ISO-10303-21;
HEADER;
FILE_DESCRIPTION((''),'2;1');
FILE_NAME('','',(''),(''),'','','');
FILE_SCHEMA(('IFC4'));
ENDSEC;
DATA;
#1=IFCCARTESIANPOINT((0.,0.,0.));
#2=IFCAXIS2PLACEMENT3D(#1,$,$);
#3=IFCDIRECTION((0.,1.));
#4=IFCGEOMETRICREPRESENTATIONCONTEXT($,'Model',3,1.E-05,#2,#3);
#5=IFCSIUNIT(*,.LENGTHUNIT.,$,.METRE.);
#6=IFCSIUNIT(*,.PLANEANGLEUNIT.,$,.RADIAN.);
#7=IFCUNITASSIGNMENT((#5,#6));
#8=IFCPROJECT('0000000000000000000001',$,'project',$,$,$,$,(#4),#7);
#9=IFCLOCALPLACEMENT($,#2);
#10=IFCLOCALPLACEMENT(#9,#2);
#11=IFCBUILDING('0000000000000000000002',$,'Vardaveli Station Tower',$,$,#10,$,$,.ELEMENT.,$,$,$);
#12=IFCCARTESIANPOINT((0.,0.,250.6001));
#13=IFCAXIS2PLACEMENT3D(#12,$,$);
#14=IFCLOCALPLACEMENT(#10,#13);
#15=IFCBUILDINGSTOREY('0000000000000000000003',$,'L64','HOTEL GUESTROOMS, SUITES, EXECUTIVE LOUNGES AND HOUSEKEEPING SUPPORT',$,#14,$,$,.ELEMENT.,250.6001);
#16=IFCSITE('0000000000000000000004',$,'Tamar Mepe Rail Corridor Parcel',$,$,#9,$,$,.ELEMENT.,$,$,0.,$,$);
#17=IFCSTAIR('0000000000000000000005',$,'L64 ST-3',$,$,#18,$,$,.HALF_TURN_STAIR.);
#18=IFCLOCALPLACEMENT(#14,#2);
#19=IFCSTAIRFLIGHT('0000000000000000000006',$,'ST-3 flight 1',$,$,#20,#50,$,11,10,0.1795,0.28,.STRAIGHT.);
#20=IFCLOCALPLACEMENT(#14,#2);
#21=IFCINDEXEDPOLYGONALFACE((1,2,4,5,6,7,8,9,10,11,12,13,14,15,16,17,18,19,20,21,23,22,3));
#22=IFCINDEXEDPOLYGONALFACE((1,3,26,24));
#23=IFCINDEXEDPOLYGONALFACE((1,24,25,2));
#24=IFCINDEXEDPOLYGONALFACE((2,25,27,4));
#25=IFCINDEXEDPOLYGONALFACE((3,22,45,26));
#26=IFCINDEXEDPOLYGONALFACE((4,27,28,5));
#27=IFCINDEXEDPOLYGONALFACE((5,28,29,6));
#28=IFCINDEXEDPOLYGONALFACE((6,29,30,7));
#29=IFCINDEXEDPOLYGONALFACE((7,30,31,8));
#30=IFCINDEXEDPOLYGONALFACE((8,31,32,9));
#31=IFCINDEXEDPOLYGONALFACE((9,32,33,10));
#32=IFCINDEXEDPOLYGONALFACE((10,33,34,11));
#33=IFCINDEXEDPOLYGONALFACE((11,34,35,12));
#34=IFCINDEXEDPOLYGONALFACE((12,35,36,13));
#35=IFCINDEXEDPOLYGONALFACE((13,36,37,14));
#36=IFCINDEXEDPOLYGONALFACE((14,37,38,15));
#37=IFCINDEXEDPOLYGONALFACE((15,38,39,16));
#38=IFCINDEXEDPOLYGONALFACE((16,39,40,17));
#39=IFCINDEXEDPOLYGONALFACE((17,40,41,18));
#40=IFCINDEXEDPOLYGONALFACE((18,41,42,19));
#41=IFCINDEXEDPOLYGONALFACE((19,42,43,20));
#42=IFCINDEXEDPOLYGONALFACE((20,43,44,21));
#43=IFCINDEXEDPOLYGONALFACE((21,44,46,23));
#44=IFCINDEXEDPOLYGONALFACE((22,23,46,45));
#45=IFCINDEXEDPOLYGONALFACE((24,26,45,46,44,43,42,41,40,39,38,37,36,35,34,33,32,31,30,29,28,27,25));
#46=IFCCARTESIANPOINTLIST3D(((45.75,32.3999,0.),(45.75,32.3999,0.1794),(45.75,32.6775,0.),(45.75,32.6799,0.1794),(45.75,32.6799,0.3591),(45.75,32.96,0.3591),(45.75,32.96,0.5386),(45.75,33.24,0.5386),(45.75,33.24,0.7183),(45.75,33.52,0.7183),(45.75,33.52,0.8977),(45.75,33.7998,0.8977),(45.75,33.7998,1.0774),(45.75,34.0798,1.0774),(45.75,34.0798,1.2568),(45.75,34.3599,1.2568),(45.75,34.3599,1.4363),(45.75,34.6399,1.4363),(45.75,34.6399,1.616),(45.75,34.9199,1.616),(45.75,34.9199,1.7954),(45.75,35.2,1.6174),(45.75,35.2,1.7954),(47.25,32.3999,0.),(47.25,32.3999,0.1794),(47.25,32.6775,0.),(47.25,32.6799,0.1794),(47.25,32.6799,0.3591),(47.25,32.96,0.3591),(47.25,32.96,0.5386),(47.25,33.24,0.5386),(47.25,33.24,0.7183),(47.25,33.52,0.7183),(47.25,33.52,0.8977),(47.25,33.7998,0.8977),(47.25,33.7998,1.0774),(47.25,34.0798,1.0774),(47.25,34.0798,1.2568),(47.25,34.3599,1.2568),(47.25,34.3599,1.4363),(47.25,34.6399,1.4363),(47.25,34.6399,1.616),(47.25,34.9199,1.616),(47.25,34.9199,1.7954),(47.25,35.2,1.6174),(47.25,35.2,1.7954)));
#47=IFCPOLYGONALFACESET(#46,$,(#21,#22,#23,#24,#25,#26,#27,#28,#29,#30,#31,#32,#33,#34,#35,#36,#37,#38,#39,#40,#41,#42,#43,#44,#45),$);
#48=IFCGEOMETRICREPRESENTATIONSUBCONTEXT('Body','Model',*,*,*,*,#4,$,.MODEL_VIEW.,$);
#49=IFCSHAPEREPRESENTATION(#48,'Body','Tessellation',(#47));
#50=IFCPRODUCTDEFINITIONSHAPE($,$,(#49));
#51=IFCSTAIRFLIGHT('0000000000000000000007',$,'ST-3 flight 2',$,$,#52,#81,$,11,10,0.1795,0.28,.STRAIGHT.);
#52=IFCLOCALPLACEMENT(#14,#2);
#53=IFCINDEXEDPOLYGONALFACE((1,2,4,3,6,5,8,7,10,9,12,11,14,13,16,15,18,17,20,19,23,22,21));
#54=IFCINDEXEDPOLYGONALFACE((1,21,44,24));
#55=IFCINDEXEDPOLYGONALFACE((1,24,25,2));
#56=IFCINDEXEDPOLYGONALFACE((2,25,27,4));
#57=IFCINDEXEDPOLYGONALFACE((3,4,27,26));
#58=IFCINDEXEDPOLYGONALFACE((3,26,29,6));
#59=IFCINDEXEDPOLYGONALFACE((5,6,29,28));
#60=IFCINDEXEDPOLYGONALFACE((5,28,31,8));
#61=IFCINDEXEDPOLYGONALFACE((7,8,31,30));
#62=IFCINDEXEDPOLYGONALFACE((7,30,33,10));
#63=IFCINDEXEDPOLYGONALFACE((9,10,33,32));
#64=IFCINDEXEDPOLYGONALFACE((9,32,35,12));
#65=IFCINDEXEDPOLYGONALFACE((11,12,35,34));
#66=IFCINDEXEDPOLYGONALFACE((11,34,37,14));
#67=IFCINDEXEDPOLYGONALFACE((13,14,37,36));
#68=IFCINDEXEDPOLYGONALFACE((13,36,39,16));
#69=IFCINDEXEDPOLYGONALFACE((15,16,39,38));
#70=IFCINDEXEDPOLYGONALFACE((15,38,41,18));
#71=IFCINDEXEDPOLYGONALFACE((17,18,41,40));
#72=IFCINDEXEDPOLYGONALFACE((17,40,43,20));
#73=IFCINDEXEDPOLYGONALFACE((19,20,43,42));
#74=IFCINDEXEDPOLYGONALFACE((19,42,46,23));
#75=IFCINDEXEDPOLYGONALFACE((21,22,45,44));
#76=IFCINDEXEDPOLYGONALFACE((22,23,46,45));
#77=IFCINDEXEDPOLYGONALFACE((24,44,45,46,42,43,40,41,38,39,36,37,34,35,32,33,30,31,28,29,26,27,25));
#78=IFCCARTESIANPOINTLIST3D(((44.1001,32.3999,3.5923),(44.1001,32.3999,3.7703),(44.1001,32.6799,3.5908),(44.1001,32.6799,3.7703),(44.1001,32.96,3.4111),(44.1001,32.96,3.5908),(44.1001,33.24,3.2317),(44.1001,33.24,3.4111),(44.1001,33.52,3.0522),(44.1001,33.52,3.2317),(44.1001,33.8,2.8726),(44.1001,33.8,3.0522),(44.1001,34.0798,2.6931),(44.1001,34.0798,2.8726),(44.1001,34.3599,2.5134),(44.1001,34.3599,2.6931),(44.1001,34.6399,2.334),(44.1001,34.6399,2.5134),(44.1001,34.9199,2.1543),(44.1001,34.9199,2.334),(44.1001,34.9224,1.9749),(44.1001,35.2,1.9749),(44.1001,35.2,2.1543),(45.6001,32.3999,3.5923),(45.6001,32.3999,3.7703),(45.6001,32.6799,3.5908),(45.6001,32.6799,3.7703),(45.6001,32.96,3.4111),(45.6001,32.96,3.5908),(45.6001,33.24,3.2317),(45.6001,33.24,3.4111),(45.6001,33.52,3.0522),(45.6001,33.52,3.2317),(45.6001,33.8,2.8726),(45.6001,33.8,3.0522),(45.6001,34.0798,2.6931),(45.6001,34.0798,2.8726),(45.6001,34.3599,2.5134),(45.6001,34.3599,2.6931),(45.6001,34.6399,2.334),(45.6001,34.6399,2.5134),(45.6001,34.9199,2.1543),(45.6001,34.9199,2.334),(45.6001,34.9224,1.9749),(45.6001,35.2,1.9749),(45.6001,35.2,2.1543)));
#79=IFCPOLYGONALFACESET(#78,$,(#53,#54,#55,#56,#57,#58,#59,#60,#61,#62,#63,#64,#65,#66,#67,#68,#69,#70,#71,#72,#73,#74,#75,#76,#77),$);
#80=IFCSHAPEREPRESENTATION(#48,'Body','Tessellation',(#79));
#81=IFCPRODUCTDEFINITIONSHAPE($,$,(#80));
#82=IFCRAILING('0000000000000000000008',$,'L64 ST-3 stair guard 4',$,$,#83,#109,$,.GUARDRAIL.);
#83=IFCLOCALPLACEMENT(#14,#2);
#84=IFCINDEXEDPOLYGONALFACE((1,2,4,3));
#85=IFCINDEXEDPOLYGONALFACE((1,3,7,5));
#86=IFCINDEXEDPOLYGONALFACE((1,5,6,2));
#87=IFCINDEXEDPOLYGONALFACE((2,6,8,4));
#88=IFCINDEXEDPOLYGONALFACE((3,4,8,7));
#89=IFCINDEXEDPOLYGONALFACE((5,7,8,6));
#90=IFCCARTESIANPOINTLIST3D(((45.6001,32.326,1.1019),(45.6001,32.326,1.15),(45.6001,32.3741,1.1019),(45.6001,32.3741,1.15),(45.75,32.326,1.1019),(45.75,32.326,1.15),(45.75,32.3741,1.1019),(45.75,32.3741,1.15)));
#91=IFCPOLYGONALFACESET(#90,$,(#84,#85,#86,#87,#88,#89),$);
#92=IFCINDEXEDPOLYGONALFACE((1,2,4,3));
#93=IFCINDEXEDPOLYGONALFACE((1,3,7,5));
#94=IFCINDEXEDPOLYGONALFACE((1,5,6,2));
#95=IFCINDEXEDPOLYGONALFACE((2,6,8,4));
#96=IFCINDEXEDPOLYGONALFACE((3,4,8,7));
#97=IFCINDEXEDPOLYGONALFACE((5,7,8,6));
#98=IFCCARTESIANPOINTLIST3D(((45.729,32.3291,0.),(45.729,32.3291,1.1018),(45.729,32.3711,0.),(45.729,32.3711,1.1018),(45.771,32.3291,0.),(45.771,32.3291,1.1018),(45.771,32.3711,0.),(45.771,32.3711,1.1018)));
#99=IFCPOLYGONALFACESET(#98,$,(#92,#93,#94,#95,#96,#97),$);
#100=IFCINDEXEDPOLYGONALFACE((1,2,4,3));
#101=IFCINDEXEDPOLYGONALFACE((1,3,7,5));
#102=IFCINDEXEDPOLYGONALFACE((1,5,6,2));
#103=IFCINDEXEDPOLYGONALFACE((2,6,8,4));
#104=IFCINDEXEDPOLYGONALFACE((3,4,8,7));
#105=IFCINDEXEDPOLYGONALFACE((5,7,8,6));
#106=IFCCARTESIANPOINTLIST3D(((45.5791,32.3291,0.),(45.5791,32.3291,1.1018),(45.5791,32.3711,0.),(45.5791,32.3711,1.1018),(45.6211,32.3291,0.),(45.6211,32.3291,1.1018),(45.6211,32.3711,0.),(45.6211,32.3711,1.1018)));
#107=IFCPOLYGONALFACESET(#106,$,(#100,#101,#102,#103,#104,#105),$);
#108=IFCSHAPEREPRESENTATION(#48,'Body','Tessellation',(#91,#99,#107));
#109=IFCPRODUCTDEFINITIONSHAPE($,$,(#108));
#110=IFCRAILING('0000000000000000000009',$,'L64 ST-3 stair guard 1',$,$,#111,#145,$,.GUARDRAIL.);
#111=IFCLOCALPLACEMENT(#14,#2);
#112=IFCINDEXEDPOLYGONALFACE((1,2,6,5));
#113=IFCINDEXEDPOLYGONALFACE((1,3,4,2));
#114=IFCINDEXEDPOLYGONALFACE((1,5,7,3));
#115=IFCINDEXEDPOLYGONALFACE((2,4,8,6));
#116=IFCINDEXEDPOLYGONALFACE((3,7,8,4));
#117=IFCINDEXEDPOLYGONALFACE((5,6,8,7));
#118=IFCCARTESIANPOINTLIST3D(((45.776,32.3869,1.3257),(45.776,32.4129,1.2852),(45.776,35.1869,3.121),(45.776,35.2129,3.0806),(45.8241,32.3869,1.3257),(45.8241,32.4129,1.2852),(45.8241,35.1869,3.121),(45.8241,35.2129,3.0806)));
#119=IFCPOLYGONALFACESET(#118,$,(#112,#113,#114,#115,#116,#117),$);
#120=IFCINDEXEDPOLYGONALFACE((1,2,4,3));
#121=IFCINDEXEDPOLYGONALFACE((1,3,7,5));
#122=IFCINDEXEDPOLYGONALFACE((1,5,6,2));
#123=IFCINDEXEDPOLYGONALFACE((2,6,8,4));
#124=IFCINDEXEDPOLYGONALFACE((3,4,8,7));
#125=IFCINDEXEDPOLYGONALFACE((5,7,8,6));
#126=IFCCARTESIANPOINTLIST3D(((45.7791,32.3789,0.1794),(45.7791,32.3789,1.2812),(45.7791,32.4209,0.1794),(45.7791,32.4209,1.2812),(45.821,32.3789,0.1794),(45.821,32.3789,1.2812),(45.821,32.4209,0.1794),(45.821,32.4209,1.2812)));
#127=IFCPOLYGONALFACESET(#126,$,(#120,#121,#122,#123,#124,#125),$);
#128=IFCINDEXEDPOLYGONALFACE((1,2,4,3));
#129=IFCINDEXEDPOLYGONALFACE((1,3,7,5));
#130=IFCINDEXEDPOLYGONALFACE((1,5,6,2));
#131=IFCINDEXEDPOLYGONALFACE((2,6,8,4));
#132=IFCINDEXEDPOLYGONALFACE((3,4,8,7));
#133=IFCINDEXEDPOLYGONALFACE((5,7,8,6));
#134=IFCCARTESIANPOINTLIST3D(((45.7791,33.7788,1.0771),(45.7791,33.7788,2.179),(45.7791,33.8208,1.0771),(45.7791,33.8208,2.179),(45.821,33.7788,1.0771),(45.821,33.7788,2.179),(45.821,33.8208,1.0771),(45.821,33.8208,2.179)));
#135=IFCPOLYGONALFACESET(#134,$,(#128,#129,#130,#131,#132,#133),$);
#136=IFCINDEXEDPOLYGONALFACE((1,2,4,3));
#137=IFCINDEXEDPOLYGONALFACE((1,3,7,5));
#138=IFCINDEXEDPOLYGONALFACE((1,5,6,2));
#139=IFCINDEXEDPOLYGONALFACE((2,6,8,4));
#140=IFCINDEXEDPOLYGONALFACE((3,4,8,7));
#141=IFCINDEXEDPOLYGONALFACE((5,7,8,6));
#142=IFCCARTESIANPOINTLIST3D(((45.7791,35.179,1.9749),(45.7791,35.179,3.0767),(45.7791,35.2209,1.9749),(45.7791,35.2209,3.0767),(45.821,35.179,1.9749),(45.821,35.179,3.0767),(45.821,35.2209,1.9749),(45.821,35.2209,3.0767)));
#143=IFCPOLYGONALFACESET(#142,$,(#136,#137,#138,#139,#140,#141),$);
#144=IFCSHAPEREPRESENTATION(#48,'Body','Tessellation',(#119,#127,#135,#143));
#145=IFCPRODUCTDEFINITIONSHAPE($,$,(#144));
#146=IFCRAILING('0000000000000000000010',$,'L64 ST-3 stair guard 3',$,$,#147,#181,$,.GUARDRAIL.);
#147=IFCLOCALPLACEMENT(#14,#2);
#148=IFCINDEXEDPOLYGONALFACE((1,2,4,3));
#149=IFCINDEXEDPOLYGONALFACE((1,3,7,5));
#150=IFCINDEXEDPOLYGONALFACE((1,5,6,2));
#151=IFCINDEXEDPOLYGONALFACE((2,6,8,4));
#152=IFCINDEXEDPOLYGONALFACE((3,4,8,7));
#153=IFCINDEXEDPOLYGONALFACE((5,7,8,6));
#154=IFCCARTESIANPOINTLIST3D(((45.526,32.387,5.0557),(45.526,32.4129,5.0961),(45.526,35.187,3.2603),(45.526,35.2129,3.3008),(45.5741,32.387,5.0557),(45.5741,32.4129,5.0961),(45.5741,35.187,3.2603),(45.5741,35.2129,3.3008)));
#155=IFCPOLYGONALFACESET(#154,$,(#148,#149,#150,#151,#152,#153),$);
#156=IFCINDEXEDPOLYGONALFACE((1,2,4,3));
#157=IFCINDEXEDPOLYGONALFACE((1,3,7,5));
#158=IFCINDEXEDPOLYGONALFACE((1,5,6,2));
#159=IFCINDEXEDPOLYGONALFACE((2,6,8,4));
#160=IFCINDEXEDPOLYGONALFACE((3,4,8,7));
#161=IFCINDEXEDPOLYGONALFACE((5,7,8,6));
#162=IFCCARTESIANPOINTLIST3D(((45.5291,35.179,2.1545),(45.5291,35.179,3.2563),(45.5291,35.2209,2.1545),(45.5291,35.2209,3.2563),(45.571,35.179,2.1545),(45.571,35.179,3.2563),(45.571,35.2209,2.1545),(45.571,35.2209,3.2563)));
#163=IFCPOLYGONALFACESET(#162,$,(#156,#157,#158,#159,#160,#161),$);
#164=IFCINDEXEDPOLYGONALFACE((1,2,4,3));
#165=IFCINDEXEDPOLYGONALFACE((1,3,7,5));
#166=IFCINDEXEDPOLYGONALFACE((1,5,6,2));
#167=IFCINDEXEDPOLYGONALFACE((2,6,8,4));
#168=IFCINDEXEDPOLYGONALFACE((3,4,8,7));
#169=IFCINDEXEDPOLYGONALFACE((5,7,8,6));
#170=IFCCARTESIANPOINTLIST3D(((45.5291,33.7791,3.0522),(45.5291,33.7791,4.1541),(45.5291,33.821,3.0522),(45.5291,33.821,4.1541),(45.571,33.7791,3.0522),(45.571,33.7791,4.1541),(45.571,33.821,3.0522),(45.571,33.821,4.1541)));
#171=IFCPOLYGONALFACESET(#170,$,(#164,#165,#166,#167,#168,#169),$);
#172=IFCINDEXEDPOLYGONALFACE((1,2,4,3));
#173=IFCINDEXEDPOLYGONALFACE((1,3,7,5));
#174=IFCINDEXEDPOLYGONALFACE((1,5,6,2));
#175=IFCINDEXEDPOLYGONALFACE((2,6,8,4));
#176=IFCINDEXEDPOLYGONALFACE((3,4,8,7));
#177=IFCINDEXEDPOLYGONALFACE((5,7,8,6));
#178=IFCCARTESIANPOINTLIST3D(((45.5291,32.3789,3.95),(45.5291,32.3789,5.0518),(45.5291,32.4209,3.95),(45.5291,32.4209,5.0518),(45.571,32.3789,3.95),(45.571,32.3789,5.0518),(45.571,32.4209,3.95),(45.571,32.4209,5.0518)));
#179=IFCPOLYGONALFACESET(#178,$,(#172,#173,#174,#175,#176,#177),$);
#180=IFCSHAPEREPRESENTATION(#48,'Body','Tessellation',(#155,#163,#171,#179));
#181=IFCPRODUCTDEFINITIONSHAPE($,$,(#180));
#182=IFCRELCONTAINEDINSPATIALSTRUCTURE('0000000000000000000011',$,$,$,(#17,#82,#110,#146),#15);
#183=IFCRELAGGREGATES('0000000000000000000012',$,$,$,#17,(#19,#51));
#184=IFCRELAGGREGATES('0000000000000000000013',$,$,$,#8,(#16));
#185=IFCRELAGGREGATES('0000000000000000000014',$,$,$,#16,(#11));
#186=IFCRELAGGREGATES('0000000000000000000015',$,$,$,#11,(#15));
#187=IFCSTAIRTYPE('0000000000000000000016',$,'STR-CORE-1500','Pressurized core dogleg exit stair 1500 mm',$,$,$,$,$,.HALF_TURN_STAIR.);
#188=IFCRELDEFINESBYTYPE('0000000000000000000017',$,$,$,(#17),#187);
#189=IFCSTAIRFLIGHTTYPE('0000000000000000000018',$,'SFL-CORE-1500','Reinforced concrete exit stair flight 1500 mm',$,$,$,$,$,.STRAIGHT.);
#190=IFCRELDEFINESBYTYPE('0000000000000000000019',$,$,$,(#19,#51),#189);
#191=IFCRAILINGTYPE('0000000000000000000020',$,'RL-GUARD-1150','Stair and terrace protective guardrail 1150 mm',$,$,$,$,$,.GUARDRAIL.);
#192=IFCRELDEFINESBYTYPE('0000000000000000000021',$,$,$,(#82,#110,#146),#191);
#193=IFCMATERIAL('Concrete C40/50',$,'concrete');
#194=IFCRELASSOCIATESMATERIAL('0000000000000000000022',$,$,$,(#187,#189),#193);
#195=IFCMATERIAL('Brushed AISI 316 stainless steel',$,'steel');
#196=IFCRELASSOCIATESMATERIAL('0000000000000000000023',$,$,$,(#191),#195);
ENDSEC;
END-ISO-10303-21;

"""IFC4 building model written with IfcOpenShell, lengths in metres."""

from ifc_helpers import new_model, si_unit, direction, frame, origin, origin_2d, place, context, subcontext, project, spatial, polyline, rectangle, outline, extrude, source, transform, mapped, material, type_object, element, aggregate, save


model = new_model("IFC4")

# Units and contexts
model_context = context("Model", 3, precision=1e-05, world=origin(), true_north=direction((0.0, 1.0)))
body_context = subcontext(model_context, "Body", "Model", "MODEL_VIEW")
ifc_project = project(units=[si_unit("LENGTHUNIT", "METRE"), si_unit("PLANEANGLEUNIT", "RADIAN")], contexts=[model_context])

# Site, building, storey
site_placement = place(None, origin())
site = spatial("IfcSite", under=ifc_project, at=site_placement, Name="Tamar Mepe Rail Corridor Parcel", CompositionType="ELEMENT", RefElevation=0.0)
building_placement = place(site_placement, origin())
building = spatial("IfcBuilding", under=site, at=building_placement, Name="Vardaveli Station Tower", CompositionType="ELEMENT")
storey_placement = place(building_placement, frame((0.0, 0.0, 250.6001)))
storey = spatial("IfcBuildingStorey", under=building, at=storey_placement, Name="L64", Description="HOTEL GUESTROOMS, SUITES, EXECUTIVE LOUNGES AND HOUSEKEEPING SUPPORT", CompositionType="ELEMENT", Elevation=250.6001)

# Shared definitions
ifc_material_1 = material(Name="Concrete C40/50", Category="concrete")

# Stair, stair flights
stair_type = type_object("IfcStairType", Name="STR-CORE-1500", Description="Pressurized core dogleg exit stair 1500 mm", PredefinedType="HALF_TURN_STAIR", material=ifc_material_1)
stair_placement = place(storey_placement, origin())
stair = element("IfcStair", 1, at=stair_placement, inside=storey, type_object=stair_type, Name="L64 ST-3", PredefinedType="HALF_TURN_STAIR")
stair_flight_type = type_object("IfcStairFlightType", Name="SFL-CORE-1500", Description="Reinforced concrete exit stair flight 1500 mm", PredefinedType="STRAIGHT", material=ifc_material_1)
shared_shape_1 = source(origin(), body_context, "Body", "SweptSolid", [
    extrude(outline(polyline([(0.0, 0.0), (0.0, 0.1794), (0.28, 0.1794), (0.28, 0.3591), (0.5601, 0.3591), (0.5601, 0.5386), (0.8401, 0.5386), (0.8401, 0.7183), (1.1201, 0.7183), (1.1201, 0.8977), (1.3999, 0.8977), (1.3999, 1.0774), (1.6799, 1.0774), (1.6799, 1.2568), (1.96, 1.2568), (1.96, 1.4363), (2.24, 1.4363), (2.24, 1.616), (2.52, 1.616), (2.52, 1.7954), (2.8, 1.7954), (2.8, 1.9751), (2.8, 1.6174), (0.2776, 0.0), (0.0, 0.0)])), frame((0.0, 0.75, 0.0), z_axis=(0.0, -1.0, 0.0), x_axis=(1.0, 0.0, 0.0)), (0.0, 0.0, 1.0), 1.5),
])
stair_flight_1_placement = place(storey_placement, frame((46.5, 32.3999, 0.0), z_axis=(0.0, 0.0, 1.0), x_axis=(0.0, 1.0, 0.0)))
stair_flight_1 = element("IfcStairFlight", 2, at=stair_flight_1_placement, type_object=stair_flight_type, Name="ST-3 flight 1", NumberOfRisers=11, NumberOfTreads=10, PredefinedType="STRAIGHT", RiserHeight=0.1795, TreadLength=0.28, context=body_context, shape_type="MappedRepresentation", body=[
    mapped(shared_shape_1, transform((0.0, 0.0, 0.0), scale=1.0)),
])
stair_flight_2_placement = place(storey_placement, frame((44.8501, 35.2, 1.9749), z_axis=(0.0, 0.0, 1.0), x_axis=(0.0, -1.0, 0.0)))
stair_flight_2 = element("IfcStairFlight", 3, at=stair_flight_2_placement, type_object=stair_flight_type, Name="ST-3 flight 2", NumberOfRisers=11, NumberOfTreads=10, PredefinedType="STRAIGHT", RiserHeight=0.1795, TreadLength=0.28, context=body_context, shape_type="MappedRepresentation", body=[
    mapped(shared_shape_1, transform((0.0, 0.0, 0.0), scale=1.0)),
])
aggregate(stair, [stair_flight_1, stair_flight_2])

# Railings
ifc_material_2 = material(Name="Brushed AISI 316 stainless steel", Category="steel")
railing_type_1 = type_object("IfcRailingType", Name="RL-GUARD-1150", Description="Stair and terrace protective guardrail 1150 mm", PredefinedType="GUARDRAIL", material=ifc_material_2)
shared_shape_2 = source(origin(), body_context, "Body", "SweptSolid", [
    extrude(rectangle(XDim=0.0481, YDim=0.0481, at=origin_2d()), frame((0.0, 0.0, 1.126), z_axis=(-1.0, 0.0, 0.0), x_axis=(0.0, -1.0, 0.0)), (0.0, 0.0, 1.0), 0.1499),
    extrude(rectangle(XDim=0.042, YDim=0.042, at=origin_2d()), origin(), (0.0, 0.0, 1.0), 1.1018),
    extrude(rectangle(XDim=0.042, YDim=0.042, at=origin_2d()), frame((-0.1499, 0.0, 0.0)), (0.0, 0.0, 1.0), 1.1018),
])
railing_1_placement = place(storey_placement, frame((45.75, 32.3501, 0.0)))
element("IfcRailing", 4, at=railing_1_placement, inside=storey, type_object=railing_type_1, Name="L64 ST-3 stair guard 4", PredefinedType="GUARDRAIL", context=body_context, shape_type="MappedRepresentation", body=[
    mapped(shared_shape_2, transform((0.0, 0.0, 0.0), scale=1.0)),
])
shared_shape_3 = source(origin(), body_context, "Body", "SweptSolid", [
    extrude(rectangle(XDim=0.0481, YDim=0.0481, at=origin_2d()), frame((0.0, 0.0, 1.126), z_axis=(0.0, 0.84181, 0.539774), x_axis=(-1.0, 0.0, 0.0)), (0.0, 0.0, 1.0), 3.3262),
    extrude(rectangle(XDim=0.042, YDim=0.042, at=origin_2d()), origin(), (0.0, 0.0, 1.0), 1.1018),
    extrude(rectangle(XDim=0.042, YDim=0.042, at=origin_2d()), frame((0.0, 1.3999, 0.8977)), (0.0, 0.0, 1.0), 1.1018),
    extrude(rectangle(XDim=0.042, YDim=0.042, at=origin_2d()), frame((0.0, 2.8, 1.7954)), (0.0, 0.0, 1.0), 1.1018),
])
railing_2_placement = place(storey_placement, frame((45.8, 32.3999, 0.1794)))
element("IfcRailing", 5, at=railing_2_placement, inside=storey, type_object=railing_type_1, Name="L64 ST-3 stair guard 1", PredefinedType="GUARDRAIL", context=body_context, shape_type="MappedRepresentation", body=[
    mapped(shared_shape_3, transform((0.0, 0.0, 0.0), scale=1.0)),
])
shared_shape_4 = source(origin(), body_context, "Body", "SweptSolid", [
    extrude(rectangle(XDim=0.0481, YDim=0.0481, at=origin_2d()), frame((0.0, 0.0, 1.126), z_axis=(0.0, -0.84181, 0.539774), x_axis=(1.0, 0.0, 0.0)), (0.0, 0.0, 1.0), 3.3262),
    extrude(rectangle(XDim=0.042, YDim=0.042, at=origin_2d()), origin(), (0.0, 0.0, 1.0), 1.1018),
    extrude(rectangle(XDim=0.042, YDim=0.042, at=origin_2d()), frame((0.0, -1.3999, 0.8977)), (0.0, 0.0, 1.0), 1.1018),
    extrude(rectangle(XDim=0.042, YDim=0.042, at=origin_2d()), frame((0.0, -2.8, 1.7954)), (0.0, 0.0, 1.0), 1.1018),
])
railing_3_placement = place(storey_placement, frame((45.55, 35.2, 2.1545)))
element("IfcRailing", 6, at=railing_3_placement, inside=storey, type_object=railing_type_1, Name="L64 ST-3 stair guard 3", PredefinedType="GUARDRAIL", context=body_context, shape_type="MappedRepresentation", body=[
    mapped(shared_shape_4, transform((0.0, 0.0, 0.0), scale=1.0)),
])

save(model, "model.ifc")
